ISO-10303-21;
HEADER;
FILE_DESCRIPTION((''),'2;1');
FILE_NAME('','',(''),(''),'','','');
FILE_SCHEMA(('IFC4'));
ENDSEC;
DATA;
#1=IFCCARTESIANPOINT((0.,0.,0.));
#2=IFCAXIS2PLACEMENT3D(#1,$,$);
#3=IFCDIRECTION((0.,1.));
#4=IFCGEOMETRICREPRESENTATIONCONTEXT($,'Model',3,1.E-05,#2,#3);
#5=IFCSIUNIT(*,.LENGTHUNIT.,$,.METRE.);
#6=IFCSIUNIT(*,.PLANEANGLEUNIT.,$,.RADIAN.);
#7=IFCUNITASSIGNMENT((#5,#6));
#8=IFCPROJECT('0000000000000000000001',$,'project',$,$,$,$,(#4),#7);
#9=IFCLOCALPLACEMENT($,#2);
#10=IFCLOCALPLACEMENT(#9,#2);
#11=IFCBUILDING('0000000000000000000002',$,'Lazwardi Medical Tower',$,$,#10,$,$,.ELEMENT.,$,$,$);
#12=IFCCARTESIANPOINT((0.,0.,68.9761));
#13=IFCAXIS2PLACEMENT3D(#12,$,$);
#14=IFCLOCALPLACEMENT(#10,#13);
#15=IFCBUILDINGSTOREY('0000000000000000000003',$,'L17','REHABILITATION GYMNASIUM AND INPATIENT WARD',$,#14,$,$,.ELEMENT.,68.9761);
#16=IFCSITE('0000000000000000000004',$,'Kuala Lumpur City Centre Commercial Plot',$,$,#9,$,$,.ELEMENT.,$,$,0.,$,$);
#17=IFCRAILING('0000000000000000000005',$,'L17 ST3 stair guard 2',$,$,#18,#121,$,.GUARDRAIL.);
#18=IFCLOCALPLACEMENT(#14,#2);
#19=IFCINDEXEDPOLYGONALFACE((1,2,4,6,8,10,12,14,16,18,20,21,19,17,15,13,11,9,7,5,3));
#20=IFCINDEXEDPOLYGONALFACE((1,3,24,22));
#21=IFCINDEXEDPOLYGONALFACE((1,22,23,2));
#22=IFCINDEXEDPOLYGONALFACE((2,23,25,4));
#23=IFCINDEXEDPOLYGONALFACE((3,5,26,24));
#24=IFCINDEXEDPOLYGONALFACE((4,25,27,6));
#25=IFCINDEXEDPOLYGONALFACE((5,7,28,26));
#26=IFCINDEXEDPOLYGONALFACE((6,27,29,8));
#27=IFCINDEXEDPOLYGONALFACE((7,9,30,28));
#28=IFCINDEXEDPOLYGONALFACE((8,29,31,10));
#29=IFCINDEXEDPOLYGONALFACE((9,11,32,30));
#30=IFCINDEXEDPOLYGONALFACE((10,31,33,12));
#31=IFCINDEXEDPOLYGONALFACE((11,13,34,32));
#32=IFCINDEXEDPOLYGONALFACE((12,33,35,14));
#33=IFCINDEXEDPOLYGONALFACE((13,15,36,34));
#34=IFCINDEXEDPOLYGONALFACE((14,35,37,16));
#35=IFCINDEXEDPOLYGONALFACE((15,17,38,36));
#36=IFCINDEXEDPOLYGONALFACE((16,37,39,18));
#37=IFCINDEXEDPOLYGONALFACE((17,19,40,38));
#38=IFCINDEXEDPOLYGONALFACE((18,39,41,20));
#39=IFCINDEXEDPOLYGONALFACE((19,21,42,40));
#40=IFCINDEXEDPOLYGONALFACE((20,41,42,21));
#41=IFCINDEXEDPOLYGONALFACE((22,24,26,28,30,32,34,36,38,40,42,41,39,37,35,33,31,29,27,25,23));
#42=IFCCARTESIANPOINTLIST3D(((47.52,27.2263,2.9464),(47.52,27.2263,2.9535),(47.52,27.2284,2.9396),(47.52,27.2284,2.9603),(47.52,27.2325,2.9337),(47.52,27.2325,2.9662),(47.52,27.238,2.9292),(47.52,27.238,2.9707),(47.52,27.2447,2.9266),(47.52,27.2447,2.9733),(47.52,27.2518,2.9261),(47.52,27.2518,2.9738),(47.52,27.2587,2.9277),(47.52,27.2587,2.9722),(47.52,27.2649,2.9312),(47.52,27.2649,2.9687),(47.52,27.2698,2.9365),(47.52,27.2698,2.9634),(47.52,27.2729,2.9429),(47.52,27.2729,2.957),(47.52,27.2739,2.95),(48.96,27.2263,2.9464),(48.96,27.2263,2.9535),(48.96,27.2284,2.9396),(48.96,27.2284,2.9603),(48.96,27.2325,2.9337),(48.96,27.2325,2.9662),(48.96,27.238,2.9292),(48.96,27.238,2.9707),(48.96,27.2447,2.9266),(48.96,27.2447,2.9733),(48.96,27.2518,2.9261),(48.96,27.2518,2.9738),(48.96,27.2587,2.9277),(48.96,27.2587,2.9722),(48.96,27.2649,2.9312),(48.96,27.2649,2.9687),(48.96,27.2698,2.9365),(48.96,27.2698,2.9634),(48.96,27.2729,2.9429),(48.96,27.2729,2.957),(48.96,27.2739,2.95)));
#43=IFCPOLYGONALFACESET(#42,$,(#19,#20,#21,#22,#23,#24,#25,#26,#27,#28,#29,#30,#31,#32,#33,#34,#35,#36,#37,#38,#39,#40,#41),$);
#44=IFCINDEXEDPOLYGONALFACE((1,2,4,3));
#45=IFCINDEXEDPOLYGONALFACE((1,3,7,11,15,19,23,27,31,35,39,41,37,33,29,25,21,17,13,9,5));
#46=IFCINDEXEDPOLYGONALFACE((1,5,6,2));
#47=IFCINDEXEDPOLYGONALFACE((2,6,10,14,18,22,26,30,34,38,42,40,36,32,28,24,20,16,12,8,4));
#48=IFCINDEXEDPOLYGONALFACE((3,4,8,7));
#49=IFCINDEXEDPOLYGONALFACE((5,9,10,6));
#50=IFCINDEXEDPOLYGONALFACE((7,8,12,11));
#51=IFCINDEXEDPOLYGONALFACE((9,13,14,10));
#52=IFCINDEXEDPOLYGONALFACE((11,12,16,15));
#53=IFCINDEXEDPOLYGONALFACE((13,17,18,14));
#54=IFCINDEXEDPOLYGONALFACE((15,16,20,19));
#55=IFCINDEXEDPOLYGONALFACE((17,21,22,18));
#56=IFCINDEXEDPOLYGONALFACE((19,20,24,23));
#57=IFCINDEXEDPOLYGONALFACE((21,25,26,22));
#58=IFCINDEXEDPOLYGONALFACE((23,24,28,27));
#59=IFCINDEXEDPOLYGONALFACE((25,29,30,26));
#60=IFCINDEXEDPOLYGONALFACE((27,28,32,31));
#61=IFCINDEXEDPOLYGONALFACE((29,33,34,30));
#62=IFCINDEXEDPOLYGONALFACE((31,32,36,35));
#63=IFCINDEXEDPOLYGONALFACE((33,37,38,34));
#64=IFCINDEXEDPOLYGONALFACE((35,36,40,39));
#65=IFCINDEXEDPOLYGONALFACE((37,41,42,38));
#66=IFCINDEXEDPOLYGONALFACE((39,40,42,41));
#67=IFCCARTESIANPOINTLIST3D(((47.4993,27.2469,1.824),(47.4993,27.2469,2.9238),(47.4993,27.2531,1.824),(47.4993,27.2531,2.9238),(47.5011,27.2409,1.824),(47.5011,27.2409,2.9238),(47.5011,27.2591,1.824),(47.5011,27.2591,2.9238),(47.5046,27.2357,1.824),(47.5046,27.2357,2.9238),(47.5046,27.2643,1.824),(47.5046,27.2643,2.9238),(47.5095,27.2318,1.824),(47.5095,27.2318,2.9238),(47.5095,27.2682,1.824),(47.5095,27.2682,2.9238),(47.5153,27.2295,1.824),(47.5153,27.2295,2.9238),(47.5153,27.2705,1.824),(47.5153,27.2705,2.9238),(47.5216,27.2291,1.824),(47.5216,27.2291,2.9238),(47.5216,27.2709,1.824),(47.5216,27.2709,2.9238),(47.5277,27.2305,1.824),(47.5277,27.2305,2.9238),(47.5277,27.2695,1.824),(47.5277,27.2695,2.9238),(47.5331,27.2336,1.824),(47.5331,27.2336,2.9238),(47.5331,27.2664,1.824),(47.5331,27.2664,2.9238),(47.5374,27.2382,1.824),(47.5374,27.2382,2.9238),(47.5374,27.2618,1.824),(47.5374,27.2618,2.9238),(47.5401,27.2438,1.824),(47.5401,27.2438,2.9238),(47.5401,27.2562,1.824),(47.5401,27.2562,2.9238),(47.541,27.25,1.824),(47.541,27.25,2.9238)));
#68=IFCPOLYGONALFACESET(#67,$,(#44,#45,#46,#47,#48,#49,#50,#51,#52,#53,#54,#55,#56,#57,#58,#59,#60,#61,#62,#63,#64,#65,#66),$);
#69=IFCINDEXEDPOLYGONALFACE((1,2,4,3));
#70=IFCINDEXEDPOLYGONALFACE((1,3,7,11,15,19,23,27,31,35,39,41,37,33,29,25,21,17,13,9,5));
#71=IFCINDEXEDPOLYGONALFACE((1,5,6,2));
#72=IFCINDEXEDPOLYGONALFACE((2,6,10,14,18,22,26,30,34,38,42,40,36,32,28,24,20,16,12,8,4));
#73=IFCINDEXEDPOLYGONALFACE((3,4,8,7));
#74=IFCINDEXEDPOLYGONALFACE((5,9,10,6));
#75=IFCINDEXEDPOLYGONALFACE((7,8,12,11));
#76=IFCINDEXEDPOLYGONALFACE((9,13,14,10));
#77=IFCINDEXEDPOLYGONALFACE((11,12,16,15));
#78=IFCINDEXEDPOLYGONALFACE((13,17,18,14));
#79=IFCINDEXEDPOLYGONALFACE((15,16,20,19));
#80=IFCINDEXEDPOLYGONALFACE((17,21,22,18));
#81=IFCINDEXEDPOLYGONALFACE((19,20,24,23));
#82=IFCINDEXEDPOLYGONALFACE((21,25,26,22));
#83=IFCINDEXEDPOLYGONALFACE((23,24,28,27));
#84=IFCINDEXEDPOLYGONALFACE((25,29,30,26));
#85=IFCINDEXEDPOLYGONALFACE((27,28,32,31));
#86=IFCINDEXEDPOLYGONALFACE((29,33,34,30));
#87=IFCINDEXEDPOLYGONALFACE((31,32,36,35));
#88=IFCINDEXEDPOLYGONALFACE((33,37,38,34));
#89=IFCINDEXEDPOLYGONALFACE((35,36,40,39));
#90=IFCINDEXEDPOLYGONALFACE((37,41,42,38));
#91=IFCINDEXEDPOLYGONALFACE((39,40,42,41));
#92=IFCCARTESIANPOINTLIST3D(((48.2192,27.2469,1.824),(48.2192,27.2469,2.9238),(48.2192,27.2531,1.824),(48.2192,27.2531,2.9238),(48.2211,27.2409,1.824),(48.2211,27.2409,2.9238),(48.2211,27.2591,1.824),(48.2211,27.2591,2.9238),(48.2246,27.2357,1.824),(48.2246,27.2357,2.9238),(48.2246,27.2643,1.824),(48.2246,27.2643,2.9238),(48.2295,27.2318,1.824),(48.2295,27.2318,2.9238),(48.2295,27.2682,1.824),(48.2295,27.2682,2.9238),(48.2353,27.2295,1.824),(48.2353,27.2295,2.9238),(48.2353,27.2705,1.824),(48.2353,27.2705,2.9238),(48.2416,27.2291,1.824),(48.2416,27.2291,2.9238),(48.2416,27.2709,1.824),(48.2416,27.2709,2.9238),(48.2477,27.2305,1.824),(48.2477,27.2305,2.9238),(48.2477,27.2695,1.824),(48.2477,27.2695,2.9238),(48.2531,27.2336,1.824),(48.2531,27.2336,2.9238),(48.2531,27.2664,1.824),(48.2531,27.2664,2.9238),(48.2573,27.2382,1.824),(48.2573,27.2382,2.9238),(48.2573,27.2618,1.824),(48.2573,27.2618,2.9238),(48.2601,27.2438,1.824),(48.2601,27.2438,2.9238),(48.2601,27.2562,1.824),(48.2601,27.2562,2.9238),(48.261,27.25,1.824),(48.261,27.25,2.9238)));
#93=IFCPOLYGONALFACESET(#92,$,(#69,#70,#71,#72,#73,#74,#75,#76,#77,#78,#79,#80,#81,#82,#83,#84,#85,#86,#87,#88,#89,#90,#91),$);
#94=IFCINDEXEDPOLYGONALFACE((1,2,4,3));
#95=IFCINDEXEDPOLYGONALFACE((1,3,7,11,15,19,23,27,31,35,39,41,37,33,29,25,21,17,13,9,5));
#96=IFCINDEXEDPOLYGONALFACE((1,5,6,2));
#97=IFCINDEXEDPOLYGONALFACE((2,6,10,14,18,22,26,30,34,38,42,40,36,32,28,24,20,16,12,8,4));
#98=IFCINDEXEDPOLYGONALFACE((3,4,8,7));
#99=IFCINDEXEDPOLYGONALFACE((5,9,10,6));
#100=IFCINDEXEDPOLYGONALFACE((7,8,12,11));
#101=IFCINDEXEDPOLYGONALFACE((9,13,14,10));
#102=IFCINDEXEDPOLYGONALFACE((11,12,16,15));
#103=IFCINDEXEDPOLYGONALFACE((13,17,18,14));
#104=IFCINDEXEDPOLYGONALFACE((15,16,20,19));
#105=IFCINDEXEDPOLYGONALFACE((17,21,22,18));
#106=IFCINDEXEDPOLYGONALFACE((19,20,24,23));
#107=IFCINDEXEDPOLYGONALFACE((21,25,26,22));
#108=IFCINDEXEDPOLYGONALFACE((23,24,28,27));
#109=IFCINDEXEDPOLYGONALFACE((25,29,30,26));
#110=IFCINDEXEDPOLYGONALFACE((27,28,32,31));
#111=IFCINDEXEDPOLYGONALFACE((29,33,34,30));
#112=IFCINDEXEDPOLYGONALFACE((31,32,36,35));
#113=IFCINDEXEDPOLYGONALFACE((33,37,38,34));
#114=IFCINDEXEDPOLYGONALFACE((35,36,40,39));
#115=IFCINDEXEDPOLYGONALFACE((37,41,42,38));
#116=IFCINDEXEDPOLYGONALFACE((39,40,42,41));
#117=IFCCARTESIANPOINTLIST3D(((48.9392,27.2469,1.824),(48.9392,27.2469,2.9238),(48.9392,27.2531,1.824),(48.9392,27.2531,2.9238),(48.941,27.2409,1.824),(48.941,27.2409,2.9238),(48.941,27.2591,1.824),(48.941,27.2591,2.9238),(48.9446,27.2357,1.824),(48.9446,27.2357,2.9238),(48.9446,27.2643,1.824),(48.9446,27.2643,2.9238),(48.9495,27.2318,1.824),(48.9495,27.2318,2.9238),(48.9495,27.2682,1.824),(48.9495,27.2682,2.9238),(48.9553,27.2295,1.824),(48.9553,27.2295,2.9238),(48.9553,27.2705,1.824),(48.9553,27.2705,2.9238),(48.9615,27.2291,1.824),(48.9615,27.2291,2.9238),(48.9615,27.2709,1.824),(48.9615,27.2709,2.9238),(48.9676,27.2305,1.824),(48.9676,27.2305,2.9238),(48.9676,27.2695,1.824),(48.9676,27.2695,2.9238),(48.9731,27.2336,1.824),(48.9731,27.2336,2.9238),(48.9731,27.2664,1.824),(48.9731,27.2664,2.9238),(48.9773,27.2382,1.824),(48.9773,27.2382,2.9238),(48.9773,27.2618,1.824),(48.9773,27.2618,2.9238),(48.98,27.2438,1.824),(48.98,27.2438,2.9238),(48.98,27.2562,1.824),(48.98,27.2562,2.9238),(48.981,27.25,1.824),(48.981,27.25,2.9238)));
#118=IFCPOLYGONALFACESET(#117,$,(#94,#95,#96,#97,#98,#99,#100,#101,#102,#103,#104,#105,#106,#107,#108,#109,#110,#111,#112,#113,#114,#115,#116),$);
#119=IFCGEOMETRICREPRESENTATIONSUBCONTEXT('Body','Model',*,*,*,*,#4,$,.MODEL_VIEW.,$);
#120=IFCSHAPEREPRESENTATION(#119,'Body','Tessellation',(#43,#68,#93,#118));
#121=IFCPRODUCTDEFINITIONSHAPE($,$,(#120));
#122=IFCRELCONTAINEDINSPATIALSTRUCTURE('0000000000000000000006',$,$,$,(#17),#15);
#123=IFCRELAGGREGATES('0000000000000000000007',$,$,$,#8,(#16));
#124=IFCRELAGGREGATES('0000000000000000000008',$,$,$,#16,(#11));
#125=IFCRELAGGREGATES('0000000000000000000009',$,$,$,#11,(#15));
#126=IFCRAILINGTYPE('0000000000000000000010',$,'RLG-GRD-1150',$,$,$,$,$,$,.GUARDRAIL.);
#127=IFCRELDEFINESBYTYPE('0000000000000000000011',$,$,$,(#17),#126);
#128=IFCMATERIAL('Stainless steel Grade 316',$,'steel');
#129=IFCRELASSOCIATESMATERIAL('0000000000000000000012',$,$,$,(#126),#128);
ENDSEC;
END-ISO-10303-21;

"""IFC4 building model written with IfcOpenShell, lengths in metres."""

from ifc_helpers import new_model, si_unit, direction, frame, origin, origin_2d, place, context, subcontext, project, spatial, circle, extrude, material, type_object, element, save


model = new_model("IFC4")

# Units and contexts
model_context = context("Model", 3, precision=1e-05, world=origin(), true_north=direction((0.0, 1.0)))
body_context = subcontext(model_context, "Body", "Model", "MODEL_VIEW")
ifc_project = project(units=[si_unit("LENGTHUNIT", "METRE"), si_unit("PLANEANGLEUNIT", "RADIAN")], contexts=[model_context])

# Site, building, storey
site_placement = place(None, origin())
site = spatial("IfcSite", under=ifc_project, at=site_placement, Name="Kuala Lumpur City Centre Commercial Plot", CompositionType="ELEMENT", RefElevation=0.0)
building_placement = place(site_placement, origin())
building = spatial("IfcBuilding", under=site, at=building_placement, Name="Lazwardi Medical Tower", CompositionType="ELEMENT")
storey_placement = place(building_placement, frame((0.0, 0.0, 68.9761)))
storey = spatial("IfcBuildingStorey", under=building, at=storey_placement, Name="L17", Description="REHABILITATION GYMNASIUM AND INPATIENT WARD", CompositionType="ELEMENT", Elevation=68.9761)

# Railing
ifc_material_1 = material(Name="Stainless steel Grade 316", Category="steel")
railing_type_1 = type_object("IfcRailingType", Name="RLG-GRD-1150", PredefinedType="GUARDRAIL", material=ifc_material_1)
railing_1_placement = place(storey_placement, frame((47.52, 27.25, 1.824)))
element("IfcRailing", 1, at=railing_1_placement, inside=storey, type_object=railing_type_1, Name="L17 ST3 stair guard 2", PredefinedType="GUARDRAIL", context=body_context, shape_type="SweptSolid", body=[
    extrude(circle(Radius=0.0239, at=origin_2d()), frame((0.0, 0.0, 1.126), z_axis=(1.0, 0.0, 0.0), x_axis=(0.0, 1.0, 0.0)), (0.0, 0.0, 1.0), 1.4399),
    extrude(circle(Radius=0.021, at=origin_2d()), origin(), (0.0, 0.0, 1.0), 1.0999),
    extrude(circle(Radius=0.021, at=origin_2d()), frame((0.72, 0.0, 0.0)), (0.0, 0.0, 1.0), 1.0999),
    extrude(circle(Radius=0.021, at=origin_2d()), frame((1.4399, 0.0, 0.0)), (0.0, 0.0, 1.0), 1.0999),
])

save(model, "model.ifc")
